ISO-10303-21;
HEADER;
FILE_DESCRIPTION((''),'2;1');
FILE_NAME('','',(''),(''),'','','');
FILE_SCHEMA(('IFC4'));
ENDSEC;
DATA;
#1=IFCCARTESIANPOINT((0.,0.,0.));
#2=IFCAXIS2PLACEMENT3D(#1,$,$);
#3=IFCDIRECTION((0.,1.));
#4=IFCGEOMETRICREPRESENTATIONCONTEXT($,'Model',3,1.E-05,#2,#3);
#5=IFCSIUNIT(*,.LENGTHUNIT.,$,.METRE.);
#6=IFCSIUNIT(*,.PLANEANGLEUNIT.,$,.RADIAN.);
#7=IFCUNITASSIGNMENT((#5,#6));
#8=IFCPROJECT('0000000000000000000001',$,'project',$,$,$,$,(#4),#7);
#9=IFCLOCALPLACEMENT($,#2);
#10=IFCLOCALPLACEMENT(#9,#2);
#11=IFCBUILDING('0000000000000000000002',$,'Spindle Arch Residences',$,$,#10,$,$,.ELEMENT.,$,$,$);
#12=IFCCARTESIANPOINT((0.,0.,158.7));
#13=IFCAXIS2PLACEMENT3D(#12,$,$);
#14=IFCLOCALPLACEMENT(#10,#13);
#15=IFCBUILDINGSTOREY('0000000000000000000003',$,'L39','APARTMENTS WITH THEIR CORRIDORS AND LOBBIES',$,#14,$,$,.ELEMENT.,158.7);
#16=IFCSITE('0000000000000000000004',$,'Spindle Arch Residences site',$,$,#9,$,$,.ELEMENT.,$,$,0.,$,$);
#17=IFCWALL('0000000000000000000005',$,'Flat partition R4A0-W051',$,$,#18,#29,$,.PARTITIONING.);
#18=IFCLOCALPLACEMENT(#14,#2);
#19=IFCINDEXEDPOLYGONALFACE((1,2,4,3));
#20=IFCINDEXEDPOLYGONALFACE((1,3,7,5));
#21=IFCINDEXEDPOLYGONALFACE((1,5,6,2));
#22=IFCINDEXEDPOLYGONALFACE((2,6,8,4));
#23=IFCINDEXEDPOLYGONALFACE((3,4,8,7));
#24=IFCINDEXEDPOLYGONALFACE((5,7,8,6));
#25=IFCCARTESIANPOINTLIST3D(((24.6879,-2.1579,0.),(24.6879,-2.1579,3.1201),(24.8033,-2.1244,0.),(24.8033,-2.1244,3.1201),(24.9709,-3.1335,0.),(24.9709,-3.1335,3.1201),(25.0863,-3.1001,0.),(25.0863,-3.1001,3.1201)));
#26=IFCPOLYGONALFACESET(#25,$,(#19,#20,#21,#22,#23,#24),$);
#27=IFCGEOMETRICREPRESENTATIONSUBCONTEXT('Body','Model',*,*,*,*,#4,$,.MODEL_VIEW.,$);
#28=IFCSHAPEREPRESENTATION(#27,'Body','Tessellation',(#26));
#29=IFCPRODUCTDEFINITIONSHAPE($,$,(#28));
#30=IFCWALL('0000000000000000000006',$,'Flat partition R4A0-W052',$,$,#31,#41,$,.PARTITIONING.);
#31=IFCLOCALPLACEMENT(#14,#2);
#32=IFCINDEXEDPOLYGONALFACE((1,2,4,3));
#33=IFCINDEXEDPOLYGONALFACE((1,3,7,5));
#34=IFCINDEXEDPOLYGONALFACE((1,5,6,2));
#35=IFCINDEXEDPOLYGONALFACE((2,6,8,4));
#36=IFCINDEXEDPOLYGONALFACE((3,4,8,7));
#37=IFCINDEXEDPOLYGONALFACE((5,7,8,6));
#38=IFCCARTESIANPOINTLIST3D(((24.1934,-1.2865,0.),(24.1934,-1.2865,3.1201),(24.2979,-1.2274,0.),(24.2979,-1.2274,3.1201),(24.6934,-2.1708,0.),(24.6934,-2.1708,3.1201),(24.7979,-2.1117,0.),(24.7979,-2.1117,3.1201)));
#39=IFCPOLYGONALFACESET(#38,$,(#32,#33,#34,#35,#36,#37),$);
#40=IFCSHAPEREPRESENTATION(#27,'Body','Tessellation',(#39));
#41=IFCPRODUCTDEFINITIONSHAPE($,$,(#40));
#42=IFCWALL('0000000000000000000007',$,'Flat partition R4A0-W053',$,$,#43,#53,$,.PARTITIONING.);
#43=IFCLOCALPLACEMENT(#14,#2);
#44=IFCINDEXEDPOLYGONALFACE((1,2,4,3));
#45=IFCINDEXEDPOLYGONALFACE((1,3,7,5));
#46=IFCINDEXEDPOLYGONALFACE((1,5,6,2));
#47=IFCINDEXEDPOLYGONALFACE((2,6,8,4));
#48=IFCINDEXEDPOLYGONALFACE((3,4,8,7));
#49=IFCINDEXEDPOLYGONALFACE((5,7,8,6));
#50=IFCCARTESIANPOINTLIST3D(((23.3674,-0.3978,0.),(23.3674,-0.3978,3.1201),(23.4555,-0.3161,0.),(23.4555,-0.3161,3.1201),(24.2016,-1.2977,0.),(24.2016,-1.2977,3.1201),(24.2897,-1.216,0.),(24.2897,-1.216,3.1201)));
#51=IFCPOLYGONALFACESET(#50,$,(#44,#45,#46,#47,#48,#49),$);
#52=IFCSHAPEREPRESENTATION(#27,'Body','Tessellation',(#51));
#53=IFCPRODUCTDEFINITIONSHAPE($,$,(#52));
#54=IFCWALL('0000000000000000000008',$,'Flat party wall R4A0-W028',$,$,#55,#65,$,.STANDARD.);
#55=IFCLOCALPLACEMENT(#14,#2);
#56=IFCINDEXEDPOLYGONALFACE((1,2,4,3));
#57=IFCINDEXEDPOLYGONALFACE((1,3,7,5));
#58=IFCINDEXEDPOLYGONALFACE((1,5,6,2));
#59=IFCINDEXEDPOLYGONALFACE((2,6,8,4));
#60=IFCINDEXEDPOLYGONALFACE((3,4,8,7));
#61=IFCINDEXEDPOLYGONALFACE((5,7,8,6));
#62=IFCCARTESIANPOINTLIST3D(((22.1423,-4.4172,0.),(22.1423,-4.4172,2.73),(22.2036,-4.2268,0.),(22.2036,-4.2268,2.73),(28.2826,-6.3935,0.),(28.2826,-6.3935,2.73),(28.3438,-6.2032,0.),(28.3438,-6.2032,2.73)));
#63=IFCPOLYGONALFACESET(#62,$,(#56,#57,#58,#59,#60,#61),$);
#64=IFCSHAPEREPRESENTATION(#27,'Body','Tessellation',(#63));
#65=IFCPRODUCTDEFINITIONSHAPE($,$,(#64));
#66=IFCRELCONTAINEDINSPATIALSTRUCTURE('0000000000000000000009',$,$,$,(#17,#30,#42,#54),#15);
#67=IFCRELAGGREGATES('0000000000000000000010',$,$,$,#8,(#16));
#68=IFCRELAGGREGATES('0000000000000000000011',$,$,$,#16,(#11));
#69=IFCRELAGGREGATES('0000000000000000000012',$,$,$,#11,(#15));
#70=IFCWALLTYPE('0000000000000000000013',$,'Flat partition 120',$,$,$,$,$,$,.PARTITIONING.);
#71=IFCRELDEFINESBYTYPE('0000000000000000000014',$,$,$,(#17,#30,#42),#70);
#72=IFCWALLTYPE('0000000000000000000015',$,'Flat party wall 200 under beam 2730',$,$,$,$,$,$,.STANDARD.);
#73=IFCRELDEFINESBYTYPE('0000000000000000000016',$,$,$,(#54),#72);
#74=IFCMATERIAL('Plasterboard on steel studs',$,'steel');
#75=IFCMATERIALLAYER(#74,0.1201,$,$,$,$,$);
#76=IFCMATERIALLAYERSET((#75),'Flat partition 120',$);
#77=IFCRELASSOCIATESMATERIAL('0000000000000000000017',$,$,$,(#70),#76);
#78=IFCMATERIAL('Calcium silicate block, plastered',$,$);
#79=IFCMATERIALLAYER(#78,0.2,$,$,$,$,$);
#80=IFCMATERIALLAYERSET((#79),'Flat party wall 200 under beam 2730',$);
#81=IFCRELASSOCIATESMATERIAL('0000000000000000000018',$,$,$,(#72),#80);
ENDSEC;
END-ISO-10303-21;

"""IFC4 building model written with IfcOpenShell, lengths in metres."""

from ifc_helpers import new_model, si_unit, direction, frame, frame_2d, origin, place, context, subcontext, project, spatial, rectangle, extrude, material, layer, layer_set, type_object, element, save


model = new_model("IFC4")

# Units and contexts
model_context = context("Model", 3, precision=1e-05, world=origin(), true_north=direction((0.0, 1.0)))
body_context = subcontext(model_context, "Body", "Model", "MODEL_VIEW")
ifc_project = project(units=[si_unit("LENGTHUNIT", "METRE"), si_unit("PLANEANGLEUNIT", "RADIAN")], contexts=[model_context])

# Site, building, storey
site_placement = place(None, origin())
site = spatial("IfcSite", under=ifc_project, at=site_placement, Name="Spindle Arch Residences site", CompositionType="ELEMENT", RefElevation=0.0)
building_placement = place(site_placement, origin())
building = spatial("IfcBuilding", under=site, at=building_placement, Name="Spindle Arch Residences", CompositionType="ELEMENT")
storey_placement = place(building_placement, frame((0.0, 0.0, 158.7)))
storey = spatial("IfcBuildingStorey", under=building, at=storey_placement, Name="L39", Description="APARTMENTS WITH THEIR CORRIDORS AND LOBBIES", CompositionType="ELEMENT", Elevation=158.7)

# Shared definitions
ifc_material_1 = material(Name="Plasterboard on steel studs", Category="steel")
ifc_layer_1 = layer(ifc_material_1, 0.1201)
ifc_layer_set_1 = layer_set([ifc_layer_1], Name="Flat partition 120")
wall_type_1 = type_object("IfcWallType", Name="Flat partition 120", PredefinedType="PARTITIONING", material=ifc_layer_set_1)

# Walls
for number, where, z_axis, x_axis, name in (
    (1, (25.0286, -3.1167, 0.0), (0.0, 0.0, 1.0), (-0.27856, 0.960419, 0.0), "Flat partition R4A0-W051"),
    (2, (24.7456, -2.1411, 0.0), (0.0, 0.0, 1.0), (-0.4922, 0.870482, 0.0), "Flat partition R4A0-W052"),
):
    element("IfcWall", number, at=place(storey_placement, frame(where, z_axis=z_axis, x_axis=x_axis)), inside=storey, type_object=wall_type_1, Name=name, PredefinedType="PARTITIONING", context=body_context, shape_type="SweptSolid", body=[
        extrude(rectangle(XDim=1.0159, YDim=0.1201, at=frame_2d((0.5078, 0.0))), origin(), (0.0, 0.0, 1.0), 3.1201),
    ])
wall_1_placement = place(storey_placement, frame((24.2456, -1.2568, 0.0), z_axis=(0.0, 0.0, 1.0), x_axis=(-0.67984, 0.73336, 0.0)))
element("IfcWall", 3, at=wall_1_placement, inside=storey, type_object=wall_type_1, Name="Flat partition R4A0-W053", PredefinedType="PARTITIONING", context=body_context, shape_type="SweptSolid", body=[
    extrude(rectangle(XDim=1.2271, YDim=0.1201, at=frame_2d((0.6135, 0.0))), origin(), (0.0, 0.0, 1.0), 3.1201),
])
ifc_material_2 = material(Name="Calcium silicate block, plastered")
ifc_layer_2 = layer(ifc_material_2, 0.2)
ifc_layer_set_2 = layer_set([ifc_layer_2], Name="Flat party wall 200 under beam 2730")
wall_type_2 = type_object("IfcWallType", Name="Flat party wall 200 under beam 2730", PredefinedType="STANDARD", material=ifc_layer_set_2)
wall_2_placement = place(storey_placement, frame((22.1731, -4.322, 0.0), z_axis=(0.0, 0.0, 1.0), x_axis=(0.951906, -0.306389, 0.0)))
element("IfcWall", 4, at=wall_2_placement, inside=storey, type_object=wall_type_2, Name="Flat party wall R4A0-W028", PredefinedType="STANDARD", context=body_context, shape_type="SweptSolid", body=[
    extrude(rectangle(XDim=6.4504, YDim=0.2, at=frame_2d((3.2251, 0.0))), origin(), (0.0, 0.0, 1.0), 2.73),
])

save(model, "model.ifc")
